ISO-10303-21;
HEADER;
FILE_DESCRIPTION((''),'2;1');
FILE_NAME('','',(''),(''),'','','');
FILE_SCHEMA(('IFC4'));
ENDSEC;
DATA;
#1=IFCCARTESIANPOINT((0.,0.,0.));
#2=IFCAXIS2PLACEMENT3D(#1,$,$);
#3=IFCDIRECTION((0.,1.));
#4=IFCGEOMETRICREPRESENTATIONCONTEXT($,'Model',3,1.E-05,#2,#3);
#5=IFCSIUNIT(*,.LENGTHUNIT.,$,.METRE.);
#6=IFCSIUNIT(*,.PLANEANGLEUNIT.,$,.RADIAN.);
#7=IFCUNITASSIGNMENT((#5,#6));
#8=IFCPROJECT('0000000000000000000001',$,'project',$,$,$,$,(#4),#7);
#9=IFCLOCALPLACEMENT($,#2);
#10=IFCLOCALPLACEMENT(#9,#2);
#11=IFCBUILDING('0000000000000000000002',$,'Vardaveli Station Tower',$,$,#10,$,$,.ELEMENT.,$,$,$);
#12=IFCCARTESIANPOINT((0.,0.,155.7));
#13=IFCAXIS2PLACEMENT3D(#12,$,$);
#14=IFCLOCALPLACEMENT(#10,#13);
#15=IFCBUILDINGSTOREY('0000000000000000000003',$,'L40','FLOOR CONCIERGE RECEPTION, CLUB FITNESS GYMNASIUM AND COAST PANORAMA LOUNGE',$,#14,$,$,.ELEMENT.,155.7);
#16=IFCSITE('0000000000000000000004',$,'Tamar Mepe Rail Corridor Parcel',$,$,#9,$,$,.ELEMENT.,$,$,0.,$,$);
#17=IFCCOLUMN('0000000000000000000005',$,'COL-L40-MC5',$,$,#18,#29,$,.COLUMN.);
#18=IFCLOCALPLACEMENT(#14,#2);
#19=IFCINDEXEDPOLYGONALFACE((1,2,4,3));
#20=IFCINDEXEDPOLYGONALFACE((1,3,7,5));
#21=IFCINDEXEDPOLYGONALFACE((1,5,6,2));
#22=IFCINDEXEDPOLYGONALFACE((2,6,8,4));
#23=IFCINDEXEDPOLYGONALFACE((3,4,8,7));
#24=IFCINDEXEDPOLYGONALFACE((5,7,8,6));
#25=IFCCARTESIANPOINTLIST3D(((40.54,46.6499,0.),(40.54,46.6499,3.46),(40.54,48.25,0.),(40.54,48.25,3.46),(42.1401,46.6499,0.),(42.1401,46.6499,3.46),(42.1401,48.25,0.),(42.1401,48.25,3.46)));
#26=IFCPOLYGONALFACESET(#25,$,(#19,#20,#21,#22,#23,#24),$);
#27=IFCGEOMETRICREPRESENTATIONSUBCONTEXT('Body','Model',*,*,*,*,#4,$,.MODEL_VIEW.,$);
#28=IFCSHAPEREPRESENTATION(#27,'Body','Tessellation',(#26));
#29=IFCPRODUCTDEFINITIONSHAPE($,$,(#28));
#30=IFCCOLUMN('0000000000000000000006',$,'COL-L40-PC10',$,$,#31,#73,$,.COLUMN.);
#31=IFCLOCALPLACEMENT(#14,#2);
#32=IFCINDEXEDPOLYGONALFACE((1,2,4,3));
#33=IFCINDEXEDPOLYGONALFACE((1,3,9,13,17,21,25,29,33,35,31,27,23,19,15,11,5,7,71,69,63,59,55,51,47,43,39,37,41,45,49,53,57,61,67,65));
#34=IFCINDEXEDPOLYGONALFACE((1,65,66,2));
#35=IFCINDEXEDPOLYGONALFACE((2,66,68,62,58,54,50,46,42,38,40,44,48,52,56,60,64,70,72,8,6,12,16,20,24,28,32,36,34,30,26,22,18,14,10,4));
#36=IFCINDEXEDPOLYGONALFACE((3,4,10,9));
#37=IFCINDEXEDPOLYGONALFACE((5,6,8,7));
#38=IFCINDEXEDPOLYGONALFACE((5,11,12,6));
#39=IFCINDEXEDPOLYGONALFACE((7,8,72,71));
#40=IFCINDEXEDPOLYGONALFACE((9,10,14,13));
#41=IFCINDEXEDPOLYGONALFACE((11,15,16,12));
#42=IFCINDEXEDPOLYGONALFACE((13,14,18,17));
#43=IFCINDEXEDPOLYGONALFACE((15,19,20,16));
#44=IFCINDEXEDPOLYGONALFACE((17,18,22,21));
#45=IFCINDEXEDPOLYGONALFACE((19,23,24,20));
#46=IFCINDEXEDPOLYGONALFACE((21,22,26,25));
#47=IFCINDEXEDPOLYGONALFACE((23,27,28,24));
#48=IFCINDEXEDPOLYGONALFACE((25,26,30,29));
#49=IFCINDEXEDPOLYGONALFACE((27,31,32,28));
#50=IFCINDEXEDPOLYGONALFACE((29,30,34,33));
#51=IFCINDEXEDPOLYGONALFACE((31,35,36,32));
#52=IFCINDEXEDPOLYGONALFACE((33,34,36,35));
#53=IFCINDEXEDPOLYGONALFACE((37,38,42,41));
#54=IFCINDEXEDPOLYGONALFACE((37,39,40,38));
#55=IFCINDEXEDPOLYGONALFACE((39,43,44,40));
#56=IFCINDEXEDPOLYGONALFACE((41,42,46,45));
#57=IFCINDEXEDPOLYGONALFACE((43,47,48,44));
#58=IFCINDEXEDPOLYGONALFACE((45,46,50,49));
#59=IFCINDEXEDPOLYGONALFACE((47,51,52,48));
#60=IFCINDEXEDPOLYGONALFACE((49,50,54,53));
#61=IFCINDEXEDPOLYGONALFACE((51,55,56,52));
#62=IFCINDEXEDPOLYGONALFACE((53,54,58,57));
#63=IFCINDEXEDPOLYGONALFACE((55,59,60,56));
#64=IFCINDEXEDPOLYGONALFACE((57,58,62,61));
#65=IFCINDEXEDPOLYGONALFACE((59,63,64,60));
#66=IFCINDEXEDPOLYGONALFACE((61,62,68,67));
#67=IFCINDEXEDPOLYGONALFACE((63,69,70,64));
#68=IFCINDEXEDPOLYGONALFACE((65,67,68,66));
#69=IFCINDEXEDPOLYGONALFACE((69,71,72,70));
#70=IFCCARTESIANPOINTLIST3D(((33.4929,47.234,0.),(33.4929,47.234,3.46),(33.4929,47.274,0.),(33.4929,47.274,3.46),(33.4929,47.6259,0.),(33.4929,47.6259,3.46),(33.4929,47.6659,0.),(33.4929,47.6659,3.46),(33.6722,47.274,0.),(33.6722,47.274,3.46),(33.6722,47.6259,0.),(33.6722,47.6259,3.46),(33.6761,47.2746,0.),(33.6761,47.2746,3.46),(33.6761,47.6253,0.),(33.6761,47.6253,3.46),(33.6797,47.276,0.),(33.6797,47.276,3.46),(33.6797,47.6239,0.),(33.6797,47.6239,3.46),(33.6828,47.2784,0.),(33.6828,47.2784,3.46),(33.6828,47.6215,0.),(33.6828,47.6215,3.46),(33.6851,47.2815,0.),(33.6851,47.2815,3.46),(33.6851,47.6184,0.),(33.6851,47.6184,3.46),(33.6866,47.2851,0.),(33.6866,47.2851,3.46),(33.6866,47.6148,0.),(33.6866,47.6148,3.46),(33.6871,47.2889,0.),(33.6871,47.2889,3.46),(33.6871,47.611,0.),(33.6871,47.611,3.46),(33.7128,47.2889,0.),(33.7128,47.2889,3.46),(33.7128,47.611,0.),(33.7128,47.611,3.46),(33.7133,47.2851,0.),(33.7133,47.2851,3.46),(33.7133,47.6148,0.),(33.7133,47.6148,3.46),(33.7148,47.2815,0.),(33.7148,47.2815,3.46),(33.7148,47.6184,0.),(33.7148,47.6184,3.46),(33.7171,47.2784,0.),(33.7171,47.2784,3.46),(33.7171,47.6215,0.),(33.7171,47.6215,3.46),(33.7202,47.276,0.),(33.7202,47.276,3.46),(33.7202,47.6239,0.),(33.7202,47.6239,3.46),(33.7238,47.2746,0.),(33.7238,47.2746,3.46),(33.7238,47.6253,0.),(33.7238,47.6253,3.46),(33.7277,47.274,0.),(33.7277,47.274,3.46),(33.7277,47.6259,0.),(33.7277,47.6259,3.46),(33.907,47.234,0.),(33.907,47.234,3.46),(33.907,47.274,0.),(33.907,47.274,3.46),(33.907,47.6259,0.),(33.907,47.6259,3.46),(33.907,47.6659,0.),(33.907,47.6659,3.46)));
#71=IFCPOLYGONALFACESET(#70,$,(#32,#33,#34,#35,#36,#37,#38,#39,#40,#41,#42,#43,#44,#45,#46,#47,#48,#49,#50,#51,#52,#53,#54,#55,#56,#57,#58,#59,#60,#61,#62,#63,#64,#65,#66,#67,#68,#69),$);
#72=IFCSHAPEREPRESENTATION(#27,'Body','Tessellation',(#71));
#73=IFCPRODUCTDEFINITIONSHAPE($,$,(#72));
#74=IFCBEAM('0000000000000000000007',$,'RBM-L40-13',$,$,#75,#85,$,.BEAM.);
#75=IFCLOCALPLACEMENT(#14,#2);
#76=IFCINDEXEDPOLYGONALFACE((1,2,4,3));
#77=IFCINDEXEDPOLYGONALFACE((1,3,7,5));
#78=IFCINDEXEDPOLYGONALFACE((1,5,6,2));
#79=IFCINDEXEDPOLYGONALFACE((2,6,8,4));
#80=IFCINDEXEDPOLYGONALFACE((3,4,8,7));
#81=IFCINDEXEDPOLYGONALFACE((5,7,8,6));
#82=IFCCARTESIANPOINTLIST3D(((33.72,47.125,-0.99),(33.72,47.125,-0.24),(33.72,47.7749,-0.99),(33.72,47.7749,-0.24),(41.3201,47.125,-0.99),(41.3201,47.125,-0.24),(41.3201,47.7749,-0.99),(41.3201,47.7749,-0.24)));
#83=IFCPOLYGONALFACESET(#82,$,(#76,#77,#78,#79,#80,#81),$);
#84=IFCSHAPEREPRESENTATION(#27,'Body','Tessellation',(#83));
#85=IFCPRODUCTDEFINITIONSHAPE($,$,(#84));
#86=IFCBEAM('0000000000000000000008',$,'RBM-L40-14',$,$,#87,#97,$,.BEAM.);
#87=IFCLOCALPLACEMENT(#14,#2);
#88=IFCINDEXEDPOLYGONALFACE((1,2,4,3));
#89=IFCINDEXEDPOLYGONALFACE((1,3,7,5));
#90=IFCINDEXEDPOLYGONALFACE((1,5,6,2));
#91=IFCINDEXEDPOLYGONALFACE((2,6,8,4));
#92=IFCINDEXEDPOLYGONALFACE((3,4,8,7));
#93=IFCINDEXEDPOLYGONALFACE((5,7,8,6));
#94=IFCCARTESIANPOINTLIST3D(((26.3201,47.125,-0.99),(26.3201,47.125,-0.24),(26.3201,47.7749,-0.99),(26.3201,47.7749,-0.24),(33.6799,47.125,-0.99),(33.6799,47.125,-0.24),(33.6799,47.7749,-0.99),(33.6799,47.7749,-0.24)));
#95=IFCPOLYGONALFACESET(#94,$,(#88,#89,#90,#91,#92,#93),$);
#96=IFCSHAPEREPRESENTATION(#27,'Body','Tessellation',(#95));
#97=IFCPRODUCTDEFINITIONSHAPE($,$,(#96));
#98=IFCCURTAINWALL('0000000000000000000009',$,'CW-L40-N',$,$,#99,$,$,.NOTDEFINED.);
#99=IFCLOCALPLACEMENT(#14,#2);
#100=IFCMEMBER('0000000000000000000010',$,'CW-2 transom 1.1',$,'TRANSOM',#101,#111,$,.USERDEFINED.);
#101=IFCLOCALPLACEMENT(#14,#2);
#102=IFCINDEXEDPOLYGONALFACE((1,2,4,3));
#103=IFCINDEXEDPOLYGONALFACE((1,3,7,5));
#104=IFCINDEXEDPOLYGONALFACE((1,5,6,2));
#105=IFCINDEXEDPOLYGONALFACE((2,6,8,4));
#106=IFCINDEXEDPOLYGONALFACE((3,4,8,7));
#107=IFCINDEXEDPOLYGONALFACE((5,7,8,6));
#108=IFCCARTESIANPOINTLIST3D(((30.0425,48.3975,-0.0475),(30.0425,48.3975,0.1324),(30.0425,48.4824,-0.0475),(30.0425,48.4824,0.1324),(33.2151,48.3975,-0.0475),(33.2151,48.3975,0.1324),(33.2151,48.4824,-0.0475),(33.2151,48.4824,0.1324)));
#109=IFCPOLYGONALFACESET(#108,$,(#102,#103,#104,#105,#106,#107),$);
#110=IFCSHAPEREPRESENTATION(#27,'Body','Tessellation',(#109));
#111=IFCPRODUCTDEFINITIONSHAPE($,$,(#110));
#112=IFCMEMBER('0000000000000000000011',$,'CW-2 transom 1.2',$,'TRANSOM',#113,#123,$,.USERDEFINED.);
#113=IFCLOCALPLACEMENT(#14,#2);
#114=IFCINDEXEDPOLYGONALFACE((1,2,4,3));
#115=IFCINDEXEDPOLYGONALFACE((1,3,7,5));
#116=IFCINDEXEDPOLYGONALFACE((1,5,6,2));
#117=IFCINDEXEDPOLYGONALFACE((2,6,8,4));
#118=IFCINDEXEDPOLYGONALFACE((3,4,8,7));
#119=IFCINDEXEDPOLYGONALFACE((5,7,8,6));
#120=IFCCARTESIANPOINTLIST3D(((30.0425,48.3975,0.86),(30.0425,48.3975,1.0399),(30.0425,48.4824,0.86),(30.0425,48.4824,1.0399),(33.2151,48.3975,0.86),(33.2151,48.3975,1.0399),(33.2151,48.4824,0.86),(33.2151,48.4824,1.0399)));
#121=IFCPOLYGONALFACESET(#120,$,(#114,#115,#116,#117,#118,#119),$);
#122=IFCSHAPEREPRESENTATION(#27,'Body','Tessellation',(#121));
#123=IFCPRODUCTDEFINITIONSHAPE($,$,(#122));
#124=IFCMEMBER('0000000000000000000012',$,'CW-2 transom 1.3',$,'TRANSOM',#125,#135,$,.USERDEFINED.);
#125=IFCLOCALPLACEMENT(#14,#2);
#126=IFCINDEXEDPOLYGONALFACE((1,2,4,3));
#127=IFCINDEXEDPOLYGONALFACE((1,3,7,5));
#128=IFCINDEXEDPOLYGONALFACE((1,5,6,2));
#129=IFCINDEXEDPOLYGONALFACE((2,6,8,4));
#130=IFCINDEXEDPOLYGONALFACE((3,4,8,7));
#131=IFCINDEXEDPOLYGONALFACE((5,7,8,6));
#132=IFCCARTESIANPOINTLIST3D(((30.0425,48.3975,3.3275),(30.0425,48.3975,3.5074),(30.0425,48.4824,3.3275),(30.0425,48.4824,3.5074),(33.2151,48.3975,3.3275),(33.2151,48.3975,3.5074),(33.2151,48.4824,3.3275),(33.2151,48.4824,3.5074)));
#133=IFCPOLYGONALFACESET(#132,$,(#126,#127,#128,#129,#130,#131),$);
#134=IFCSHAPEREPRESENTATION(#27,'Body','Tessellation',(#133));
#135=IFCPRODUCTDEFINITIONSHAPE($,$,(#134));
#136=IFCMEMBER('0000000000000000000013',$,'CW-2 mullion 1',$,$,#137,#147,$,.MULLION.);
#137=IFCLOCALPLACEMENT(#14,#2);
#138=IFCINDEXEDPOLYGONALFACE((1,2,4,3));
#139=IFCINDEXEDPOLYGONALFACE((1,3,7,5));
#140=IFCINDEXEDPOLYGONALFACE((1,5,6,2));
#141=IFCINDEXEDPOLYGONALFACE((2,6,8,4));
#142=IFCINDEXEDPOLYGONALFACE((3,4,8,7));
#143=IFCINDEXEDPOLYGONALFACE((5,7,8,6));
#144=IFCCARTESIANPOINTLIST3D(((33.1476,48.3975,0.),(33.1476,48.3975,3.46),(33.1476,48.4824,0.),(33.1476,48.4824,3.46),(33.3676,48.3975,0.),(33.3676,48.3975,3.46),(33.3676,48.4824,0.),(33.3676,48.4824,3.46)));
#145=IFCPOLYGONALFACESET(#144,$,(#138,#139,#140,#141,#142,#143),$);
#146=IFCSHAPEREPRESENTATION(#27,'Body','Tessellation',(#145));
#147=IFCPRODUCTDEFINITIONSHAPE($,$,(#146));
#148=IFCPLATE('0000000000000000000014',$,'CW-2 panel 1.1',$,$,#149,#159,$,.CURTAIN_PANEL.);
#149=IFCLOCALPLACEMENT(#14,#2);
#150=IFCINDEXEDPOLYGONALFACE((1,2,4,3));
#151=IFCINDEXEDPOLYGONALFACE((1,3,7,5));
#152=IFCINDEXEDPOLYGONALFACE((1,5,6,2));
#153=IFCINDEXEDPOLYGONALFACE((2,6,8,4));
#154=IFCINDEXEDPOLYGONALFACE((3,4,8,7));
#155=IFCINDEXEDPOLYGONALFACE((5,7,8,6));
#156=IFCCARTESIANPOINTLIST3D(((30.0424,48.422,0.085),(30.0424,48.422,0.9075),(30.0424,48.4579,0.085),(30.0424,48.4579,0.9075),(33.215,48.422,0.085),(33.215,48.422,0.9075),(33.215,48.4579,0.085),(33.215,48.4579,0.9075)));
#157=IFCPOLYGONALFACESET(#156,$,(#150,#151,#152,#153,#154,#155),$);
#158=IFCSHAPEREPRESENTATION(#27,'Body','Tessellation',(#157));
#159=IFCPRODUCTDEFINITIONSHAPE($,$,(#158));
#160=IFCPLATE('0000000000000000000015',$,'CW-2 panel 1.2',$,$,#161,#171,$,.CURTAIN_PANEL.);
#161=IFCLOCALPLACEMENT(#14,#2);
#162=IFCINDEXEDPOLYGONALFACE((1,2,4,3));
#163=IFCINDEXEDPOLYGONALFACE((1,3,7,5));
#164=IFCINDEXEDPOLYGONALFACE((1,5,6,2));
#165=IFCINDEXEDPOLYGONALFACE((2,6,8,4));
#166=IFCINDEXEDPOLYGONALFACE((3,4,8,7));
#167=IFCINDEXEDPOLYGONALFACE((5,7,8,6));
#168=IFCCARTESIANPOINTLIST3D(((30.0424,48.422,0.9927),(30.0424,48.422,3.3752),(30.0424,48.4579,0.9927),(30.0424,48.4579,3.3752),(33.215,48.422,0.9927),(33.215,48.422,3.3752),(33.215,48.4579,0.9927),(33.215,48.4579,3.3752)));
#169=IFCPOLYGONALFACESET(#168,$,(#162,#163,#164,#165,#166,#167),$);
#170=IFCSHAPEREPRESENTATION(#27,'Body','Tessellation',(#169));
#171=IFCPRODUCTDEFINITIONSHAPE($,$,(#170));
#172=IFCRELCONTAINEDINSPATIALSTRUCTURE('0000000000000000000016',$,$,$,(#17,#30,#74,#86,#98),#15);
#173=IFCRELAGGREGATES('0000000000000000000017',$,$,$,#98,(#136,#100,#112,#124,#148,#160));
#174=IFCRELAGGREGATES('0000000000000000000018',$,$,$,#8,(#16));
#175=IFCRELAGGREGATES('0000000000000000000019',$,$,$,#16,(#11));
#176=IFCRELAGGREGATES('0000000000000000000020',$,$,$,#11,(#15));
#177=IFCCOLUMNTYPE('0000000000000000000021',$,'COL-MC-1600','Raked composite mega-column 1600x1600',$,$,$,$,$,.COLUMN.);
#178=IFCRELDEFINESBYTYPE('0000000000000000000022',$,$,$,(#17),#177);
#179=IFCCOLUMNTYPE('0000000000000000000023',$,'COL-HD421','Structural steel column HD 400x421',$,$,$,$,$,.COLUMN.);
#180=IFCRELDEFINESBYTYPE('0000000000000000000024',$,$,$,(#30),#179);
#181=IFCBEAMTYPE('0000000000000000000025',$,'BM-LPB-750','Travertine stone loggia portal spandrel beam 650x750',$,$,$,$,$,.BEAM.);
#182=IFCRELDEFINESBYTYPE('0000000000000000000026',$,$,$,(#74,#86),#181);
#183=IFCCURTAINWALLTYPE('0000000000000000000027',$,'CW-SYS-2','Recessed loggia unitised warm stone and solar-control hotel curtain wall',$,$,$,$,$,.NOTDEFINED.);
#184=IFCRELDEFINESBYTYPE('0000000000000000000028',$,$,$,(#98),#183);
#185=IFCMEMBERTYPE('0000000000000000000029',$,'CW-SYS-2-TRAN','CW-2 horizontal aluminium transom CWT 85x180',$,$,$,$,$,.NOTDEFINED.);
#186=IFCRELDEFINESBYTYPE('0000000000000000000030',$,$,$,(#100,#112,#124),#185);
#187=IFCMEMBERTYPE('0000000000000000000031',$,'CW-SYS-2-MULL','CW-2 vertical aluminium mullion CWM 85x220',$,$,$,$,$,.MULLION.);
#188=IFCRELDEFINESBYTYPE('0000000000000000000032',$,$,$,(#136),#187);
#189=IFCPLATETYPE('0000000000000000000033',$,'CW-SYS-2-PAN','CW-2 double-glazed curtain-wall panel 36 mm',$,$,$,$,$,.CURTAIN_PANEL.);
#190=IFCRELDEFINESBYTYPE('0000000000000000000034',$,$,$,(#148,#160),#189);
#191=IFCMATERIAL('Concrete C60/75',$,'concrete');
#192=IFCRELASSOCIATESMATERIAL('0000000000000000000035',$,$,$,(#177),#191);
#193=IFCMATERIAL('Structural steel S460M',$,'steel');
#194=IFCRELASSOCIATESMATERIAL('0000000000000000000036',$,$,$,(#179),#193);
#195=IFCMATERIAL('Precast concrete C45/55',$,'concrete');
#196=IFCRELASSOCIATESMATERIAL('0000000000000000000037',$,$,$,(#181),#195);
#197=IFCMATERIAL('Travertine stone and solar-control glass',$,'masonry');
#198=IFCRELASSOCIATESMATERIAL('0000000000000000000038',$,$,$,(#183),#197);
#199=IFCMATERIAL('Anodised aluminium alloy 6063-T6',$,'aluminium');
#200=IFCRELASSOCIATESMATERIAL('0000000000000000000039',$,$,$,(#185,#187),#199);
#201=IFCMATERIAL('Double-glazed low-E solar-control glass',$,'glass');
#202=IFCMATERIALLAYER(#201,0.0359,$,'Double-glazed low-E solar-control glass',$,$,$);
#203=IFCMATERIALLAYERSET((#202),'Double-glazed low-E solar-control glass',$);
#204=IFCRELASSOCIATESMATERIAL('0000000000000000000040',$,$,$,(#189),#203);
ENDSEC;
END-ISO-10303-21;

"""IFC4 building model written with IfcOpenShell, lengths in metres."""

from ifc_helpers import new_model, si_unit, direction, frame, origin, origin_2d, place, context, subcontext, project, spatial, rectangle, i_section, extrude, source, transform, mapped, material, layer, layer_set, material_profile, profile_set, type_object, element, aggregate, save


model = new_model("IFC4")

# Units and contexts
model_context = context("Model", 3, precision=1e-05, world=origin(), true_north=direction((0.0, 1.0)))
body_context = subcontext(model_context, "Body", "Model", "MODEL_VIEW")
ifc_project = project(units=[si_unit("LENGTHUNIT", "METRE"), si_unit("PLANEANGLEUNIT", "RADIAN")], contexts=[model_context])

# Site, building, storey
site_placement = place(None, origin())
site = spatial("IfcSite", under=ifc_project, at=site_placement, Name="Tamar Mepe Rail Corridor Parcel", CompositionType="ELEMENT", RefElevation=0.0)
building_placement = place(site_placement, origin())
building = spatial("IfcBuilding", under=site, at=building_placement, Name="Vardaveli Station Tower", CompositionType="ELEMENT")
storey_placement = place(building_placement, frame((0.0, 0.0, 155.7)))
storey = spatial("IfcBuildingStorey", under=building, at=storey_placement, Name="L40", Description="FLOOR CONCIERGE RECEPTION, CLUB FITNESS GYMNASIUM AND COAST PANORAMA LOUNGE", CompositionType="ELEMENT", Elevation=155.7)

# Columns
ifc_material_1 = material(Name="Concrete C60/75", Category="concrete")
ifc_material_profile_1 = material_profile(ifc_material_1, rectangle(XDim=1.6001, YDim=1.6001, at=origin_2d()), Name="MC 1600x1600")
ifc_profile_set_1 = profile_set([ifc_material_profile_1], Name="Concrete C60/75")
column_type_1 = type_object("IfcColumnType", Name="COL-MC-1600", Description="Raked composite mega-column 1600x1600", PredefinedType="COLUMN", material=ifc_profile_set_1)
shared_shape_1 = source(origin(), body_context, "Body", "SweptSolid", [
    extrude(rectangle(XDim=1.6001, YDim=1.6001, at=origin_2d()), origin(), (0.0, 0.0, 1.0), 3.46),
])
column_1_placement = place(storey_placement, frame((41.3401, 47.45, 0.0), z_axis=(0.0, 0.0, 1.0), x_axis=(1.0, 0.0, 0.0)))
element("IfcColumn", 1, at=column_1_placement, inside=storey, type_object=column_type_1, Name="COL-L40-MC5", PredefinedType="COLUMN", context=body_context, shape_type="MappedRepresentation", body=[
    mapped(shared_shape_1, transform((0.0, 0.0, 0.0), scale=1.0)),
])
ifc_material_2 = material(Name="Structural steel S460M", Category="steel")
ifc_material_profile_2 = material_profile(ifc_material_2, i_section(OverallWidth=0.4141, OverallDepth=0.4319, WebThickness=0.0256, FlangeThickness=0.04, FilletRadius=0.0149, at=origin_2d()), Name="HD 400x421")
ifc_profile_set_2 = profile_set([ifc_material_profile_2], Name="Structural steel S460M")
column_type_2 = type_object("IfcColumnType", Name="COL-HD421", Description="Structural steel column HD 400x421", PredefinedType="COLUMN", material=ifc_profile_set_2)
shared_shape_2 = source(origin(), body_context, "Body", "SweptSolid", [
    extrude(i_section(OverallWidth=0.4141, OverallDepth=0.4319, WebThickness=0.0256, FlangeThickness=0.04, FilletRadius=0.0149, at=origin_2d()), origin(), (0.0, 0.0, 1.0), 3.46),
])
column_2_placement = place(storey_placement, frame((33.7, 47.45, 0.0), z_axis=(0.0, 0.0, 1.0), x_axis=(1.0, 0.0, 0.0)))
element("IfcColumn", 2, at=column_2_placement, inside=storey, type_object=column_type_2, Name="COL-L40-PC10", PredefinedType="COLUMN", context=body_context, shape_type="MappedRepresentation", body=[
    mapped(shared_shape_2, transform((0.0, 0.0, 0.0), scale=1.0)),
])

# Beams
ifc_material_3 = material(Name="Precast concrete C45/55", Category="concrete")
ifc_material_profile_3 = material_profile(ifc_material_3, rectangle(XDim=0.6499, YDim=0.75, at=origin_2d()), Name="LPB 650x750")
ifc_profile_set_3 = profile_set([ifc_material_profile_3], Name="Precast concrete C45/55")
beam_type = type_object("IfcBeamType", Name="BM-LPB-750", Description="Travertine stone loggia portal spandrel beam 650x750", PredefinedType="BEAM", material=ifc_profile_set_3)
shared_shape_3 = source(origin(), body_context, "Body", "SweptSolid", [
    extrude(rectangle(XDim=0.6499, YDim=0.75, at=origin_2d()), origin(), (0.0, 0.0, 1.0), 7.6001),
])
beam_1_placement = place(storey_placement, frame((41.3201, 47.45, -0.615), z_axis=(-1.0, 0.0, 0.0), x_axis=(0.0, -1.0, 0.0)))
element("IfcBeam", 3, at=beam_1_placement, inside=storey, type_object=beam_type, Name="RBM-L40-13", PredefinedType="BEAM", context=body_context, shape_type="MappedRepresentation", body=[
    mapped(shared_shape_3, transform((0.0, 0.0, 0.0), scale=1.0)),
])
shared_shape_4 = source(origin(), body_context, "Body", "SweptSolid", [
    extrude(rectangle(XDim=0.6499, YDim=0.75, at=origin_2d()), origin(), (0.0, 0.0, 1.0), 7.3599),
])
beam_2_placement = place(storey_placement, frame((33.6799, 47.45, -0.615), z_axis=(-1.0, 0.0, 0.0), x_axis=(0.0, -1.0, 0.0)))
element("IfcBeam", 4, at=beam_2_placement, inside=storey, type_object=beam_type, Name="RBM-L40-14", PredefinedType="BEAM", context=body_context, shape_type="MappedRepresentation", body=[
    mapped(shared_shape_4, transform((0.0, 0.0, 0.0), scale=1.0)),
])

# Curtain wall, members, plates
ifc_material_4 = material(Name="Travertine stone and solar-control glass", Category="masonry")
curtain_wall_type = type_object("IfcCurtainWallType", Name="CW-SYS-2", Description="Recessed loggia unitised warm stone and solar-control hotel curtain wall", PredefinedType="NOTDEFINED", material=ifc_material_4)
curtain_wall_placement = place(storey_placement, origin())
curtain_wall = element("IfcCurtainWall", 5, at=curtain_wall_placement, inside=storey, type_object=curtain_wall_type, Name="CW-L40-N", PredefinedType="NOTDEFINED")
ifc_material_5 = material(Name="Anodised aluminium alloy 6063-T6", Category="aluminium")
ifc_material_profile_4 = material_profile(ifc_material_5, rectangle(XDim=0.085, YDim=0.1799, at=origin_2d()), Name="CWT 85x180")
ifc_profile_set_4 = profile_set([ifc_material_profile_4], Name="Anodised aluminium alloy 6063-T6")
member_type_1 = type_object("IfcMemberType", Name="CW-SYS-2-TRAN", Description="CW-2 horizontal aluminium transom CWT 85x180", PredefinedType="NOTDEFINED", material=ifc_profile_set_4)
shared_shape_5 = source(origin(), body_context, "Body", "SweptSolid", [
    extrude(rectangle(XDim=0.085, YDim=0.1799, at=origin_2d()), origin(), (0.0, 0.0, 1.0), 3.1726),
])
member_1_placement = place(storey_placement, frame((33.2151, 48.4399, 0.0425), z_axis=(-1.0, 0.0, 0.0), x_axis=(0.0, -1.0, 0.0)))
member_1 = element("IfcMember", 6, at=member_1_placement, type_object=member_type_1, Name="CW-2 transom 1.1", ObjectType="TRANSOM", PredefinedType="USERDEFINED", context=body_context, shape_type="MappedRepresentation", body=[
    mapped(shared_shape_5, transform((0.0, 0.0, 0.0), scale=1.0)),
])
member_2_placement = place(storey_placement, frame((33.2151, 48.4399, 0.95), z_axis=(-1.0, 0.0, 0.0), x_axis=(0.0, -1.0, 0.0)))
member_2 = element("IfcMember", 7, at=member_2_placement, type_object=member_type_1, Name="CW-2 transom 1.2", ObjectType="TRANSOM", PredefinedType="USERDEFINED", context=body_context, shape_type="MappedRepresentation", body=[
    mapped(shared_shape_5, transform((0.0, 0.0, 0.0), scale=1.0)),
])
member_3_placement = place(storey_placement, frame((33.2151, 48.4399, 3.4175), z_axis=(-1.0, 0.0, 0.0), x_axis=(0.0, -1.0, 0.0)))
member_3 = element("IfcMember", 8, at=member_3_placement, type_object=member_type_1, Name="CW-2 transom 1.3", ObjectType="TRANSOM", PredefinedType="USERDEFINED", context=body_context, shape_type="MappedRepresentation", body=[
    mapped(shared_shape_5, transform((0.0, 0.0, 0.0), scale=1.0)),
])
ifc_material_profile_5 = material_profile(ifc_material_5, rectangle(XDim=0.085, YDim=0.22, at=origin_2d()), Name="CWM 85x220")
ifc_profile_set_5 = profile_set([ifc_material_profile_5], Name="Anodised aluminium alloy 6063-T6")
member_type_2 = type_object("IfcMemberType", Name="CW-SYS-2-MULL", Description="CW-2 vertical aluminium mullion CWM 85x220", PredefinedType="MULLION", material=ifc_profile_set_5)
shared_shape_6 = source(origin(), body_context, "Body", "SweptSolid", [
    extrude(rectangle(XDim=0.085, YDim=0.22, at=origin_2d()), origin(), (0.0, 0.0, 1.0), 3.46),
])
member_4_placement = place(storey_placement, frame((33.2576, 48.4399, 0.0), z_axis=(0.0, 0.0, 1.0), x_axis=(0.0, -1.0, 0.0)))
member_4 = element("IfcMember", 9, at=member_4_placement, type_object=member_type_2, Name="CW-2 mullion 1", PredefinedType="MULLION", context=body_context, shape_type="MappedRepresentation", body=[
    mapped(shared_shape_6, transform((0.0, 0.0, 0.0), scale=1.0)),
])
ifc_material_6 = material(Name="Double-glazed low-E solar-control glass", Category="glass")
ifc_layer_1 = layer(ifc_material_6, 0.0359, Name="Double-glazed low-E solar-control glass")
ifc_layer_set_1 = layer_set([ifc_layer_1], Name="Double-glazed low-E solar-control glass")
plate_type = type_object("IfcPlateType", Name="CW-SYS-2-PAN", Description="CW-2 double-glazed curtain-wall panel 36 mm", PredefinedType="CURTAIN_PANEL", material=ifc_layer_set_1)
shared_shape_7 = source(origin(), body_context, "Body", "SweptSolid", [
    extrude(rectangle(XDim=3.1726, YDim=0.0359, at=origin_2d()), origin(), (0.0, 0.0, 1.0), 0.8225),
])
plate_1_placement = place(storey_placement, frame((31.6287, 48.4399, 0.085), z_axis=(0.0, 0.0, 1.0), x_axis=(-1.0, 0.0, 0.0)))
plate_1 = element("IfcPlate", 10, at=plate_1_placement, type_object=plate_type, Name="CW-2 panel 1.1", PredefinedType="CURTAIN_PANEL", context=body_context, shape_type="MappedRepresentation", body=[
    mapped(shared_shape_7, transform((0.0, 0.0, 0.0), scale=1.0)),
])
shared_shape_8 = source(origin(), body_context, "Body", "SweptSolid", [
    extrude(rectangle(XDim=3.1726, YDim=0.0359, at=origin_2d()), origin(), (0.0, 0.0, 1.0), 2.3826),
])
plate_2_placement = place(storey_placement, frame((31.6287, 48.4399, 0.9927), z_axis=(0.0, 0.0, 1.0), x_axis=(-1.0, 0.0, 0.0)))
plate_2 = element("IfcPlate", 11, at=plate_2_placement, type_object=plate_type, Name="CW-2 panel 1.2", PredefinedType="CURTAIN_PANEL", context=body_context, shape_type="MappedRepresentation", body=[
    mapped(shared_shape_8, transform((0.0, 0.0, 0.0), scale=1.0)),
])
aggregate(curtain_wall, [member_4, member_1, member_2, member_3, plate_1, plate_2])

save(model, "model.ifc")
